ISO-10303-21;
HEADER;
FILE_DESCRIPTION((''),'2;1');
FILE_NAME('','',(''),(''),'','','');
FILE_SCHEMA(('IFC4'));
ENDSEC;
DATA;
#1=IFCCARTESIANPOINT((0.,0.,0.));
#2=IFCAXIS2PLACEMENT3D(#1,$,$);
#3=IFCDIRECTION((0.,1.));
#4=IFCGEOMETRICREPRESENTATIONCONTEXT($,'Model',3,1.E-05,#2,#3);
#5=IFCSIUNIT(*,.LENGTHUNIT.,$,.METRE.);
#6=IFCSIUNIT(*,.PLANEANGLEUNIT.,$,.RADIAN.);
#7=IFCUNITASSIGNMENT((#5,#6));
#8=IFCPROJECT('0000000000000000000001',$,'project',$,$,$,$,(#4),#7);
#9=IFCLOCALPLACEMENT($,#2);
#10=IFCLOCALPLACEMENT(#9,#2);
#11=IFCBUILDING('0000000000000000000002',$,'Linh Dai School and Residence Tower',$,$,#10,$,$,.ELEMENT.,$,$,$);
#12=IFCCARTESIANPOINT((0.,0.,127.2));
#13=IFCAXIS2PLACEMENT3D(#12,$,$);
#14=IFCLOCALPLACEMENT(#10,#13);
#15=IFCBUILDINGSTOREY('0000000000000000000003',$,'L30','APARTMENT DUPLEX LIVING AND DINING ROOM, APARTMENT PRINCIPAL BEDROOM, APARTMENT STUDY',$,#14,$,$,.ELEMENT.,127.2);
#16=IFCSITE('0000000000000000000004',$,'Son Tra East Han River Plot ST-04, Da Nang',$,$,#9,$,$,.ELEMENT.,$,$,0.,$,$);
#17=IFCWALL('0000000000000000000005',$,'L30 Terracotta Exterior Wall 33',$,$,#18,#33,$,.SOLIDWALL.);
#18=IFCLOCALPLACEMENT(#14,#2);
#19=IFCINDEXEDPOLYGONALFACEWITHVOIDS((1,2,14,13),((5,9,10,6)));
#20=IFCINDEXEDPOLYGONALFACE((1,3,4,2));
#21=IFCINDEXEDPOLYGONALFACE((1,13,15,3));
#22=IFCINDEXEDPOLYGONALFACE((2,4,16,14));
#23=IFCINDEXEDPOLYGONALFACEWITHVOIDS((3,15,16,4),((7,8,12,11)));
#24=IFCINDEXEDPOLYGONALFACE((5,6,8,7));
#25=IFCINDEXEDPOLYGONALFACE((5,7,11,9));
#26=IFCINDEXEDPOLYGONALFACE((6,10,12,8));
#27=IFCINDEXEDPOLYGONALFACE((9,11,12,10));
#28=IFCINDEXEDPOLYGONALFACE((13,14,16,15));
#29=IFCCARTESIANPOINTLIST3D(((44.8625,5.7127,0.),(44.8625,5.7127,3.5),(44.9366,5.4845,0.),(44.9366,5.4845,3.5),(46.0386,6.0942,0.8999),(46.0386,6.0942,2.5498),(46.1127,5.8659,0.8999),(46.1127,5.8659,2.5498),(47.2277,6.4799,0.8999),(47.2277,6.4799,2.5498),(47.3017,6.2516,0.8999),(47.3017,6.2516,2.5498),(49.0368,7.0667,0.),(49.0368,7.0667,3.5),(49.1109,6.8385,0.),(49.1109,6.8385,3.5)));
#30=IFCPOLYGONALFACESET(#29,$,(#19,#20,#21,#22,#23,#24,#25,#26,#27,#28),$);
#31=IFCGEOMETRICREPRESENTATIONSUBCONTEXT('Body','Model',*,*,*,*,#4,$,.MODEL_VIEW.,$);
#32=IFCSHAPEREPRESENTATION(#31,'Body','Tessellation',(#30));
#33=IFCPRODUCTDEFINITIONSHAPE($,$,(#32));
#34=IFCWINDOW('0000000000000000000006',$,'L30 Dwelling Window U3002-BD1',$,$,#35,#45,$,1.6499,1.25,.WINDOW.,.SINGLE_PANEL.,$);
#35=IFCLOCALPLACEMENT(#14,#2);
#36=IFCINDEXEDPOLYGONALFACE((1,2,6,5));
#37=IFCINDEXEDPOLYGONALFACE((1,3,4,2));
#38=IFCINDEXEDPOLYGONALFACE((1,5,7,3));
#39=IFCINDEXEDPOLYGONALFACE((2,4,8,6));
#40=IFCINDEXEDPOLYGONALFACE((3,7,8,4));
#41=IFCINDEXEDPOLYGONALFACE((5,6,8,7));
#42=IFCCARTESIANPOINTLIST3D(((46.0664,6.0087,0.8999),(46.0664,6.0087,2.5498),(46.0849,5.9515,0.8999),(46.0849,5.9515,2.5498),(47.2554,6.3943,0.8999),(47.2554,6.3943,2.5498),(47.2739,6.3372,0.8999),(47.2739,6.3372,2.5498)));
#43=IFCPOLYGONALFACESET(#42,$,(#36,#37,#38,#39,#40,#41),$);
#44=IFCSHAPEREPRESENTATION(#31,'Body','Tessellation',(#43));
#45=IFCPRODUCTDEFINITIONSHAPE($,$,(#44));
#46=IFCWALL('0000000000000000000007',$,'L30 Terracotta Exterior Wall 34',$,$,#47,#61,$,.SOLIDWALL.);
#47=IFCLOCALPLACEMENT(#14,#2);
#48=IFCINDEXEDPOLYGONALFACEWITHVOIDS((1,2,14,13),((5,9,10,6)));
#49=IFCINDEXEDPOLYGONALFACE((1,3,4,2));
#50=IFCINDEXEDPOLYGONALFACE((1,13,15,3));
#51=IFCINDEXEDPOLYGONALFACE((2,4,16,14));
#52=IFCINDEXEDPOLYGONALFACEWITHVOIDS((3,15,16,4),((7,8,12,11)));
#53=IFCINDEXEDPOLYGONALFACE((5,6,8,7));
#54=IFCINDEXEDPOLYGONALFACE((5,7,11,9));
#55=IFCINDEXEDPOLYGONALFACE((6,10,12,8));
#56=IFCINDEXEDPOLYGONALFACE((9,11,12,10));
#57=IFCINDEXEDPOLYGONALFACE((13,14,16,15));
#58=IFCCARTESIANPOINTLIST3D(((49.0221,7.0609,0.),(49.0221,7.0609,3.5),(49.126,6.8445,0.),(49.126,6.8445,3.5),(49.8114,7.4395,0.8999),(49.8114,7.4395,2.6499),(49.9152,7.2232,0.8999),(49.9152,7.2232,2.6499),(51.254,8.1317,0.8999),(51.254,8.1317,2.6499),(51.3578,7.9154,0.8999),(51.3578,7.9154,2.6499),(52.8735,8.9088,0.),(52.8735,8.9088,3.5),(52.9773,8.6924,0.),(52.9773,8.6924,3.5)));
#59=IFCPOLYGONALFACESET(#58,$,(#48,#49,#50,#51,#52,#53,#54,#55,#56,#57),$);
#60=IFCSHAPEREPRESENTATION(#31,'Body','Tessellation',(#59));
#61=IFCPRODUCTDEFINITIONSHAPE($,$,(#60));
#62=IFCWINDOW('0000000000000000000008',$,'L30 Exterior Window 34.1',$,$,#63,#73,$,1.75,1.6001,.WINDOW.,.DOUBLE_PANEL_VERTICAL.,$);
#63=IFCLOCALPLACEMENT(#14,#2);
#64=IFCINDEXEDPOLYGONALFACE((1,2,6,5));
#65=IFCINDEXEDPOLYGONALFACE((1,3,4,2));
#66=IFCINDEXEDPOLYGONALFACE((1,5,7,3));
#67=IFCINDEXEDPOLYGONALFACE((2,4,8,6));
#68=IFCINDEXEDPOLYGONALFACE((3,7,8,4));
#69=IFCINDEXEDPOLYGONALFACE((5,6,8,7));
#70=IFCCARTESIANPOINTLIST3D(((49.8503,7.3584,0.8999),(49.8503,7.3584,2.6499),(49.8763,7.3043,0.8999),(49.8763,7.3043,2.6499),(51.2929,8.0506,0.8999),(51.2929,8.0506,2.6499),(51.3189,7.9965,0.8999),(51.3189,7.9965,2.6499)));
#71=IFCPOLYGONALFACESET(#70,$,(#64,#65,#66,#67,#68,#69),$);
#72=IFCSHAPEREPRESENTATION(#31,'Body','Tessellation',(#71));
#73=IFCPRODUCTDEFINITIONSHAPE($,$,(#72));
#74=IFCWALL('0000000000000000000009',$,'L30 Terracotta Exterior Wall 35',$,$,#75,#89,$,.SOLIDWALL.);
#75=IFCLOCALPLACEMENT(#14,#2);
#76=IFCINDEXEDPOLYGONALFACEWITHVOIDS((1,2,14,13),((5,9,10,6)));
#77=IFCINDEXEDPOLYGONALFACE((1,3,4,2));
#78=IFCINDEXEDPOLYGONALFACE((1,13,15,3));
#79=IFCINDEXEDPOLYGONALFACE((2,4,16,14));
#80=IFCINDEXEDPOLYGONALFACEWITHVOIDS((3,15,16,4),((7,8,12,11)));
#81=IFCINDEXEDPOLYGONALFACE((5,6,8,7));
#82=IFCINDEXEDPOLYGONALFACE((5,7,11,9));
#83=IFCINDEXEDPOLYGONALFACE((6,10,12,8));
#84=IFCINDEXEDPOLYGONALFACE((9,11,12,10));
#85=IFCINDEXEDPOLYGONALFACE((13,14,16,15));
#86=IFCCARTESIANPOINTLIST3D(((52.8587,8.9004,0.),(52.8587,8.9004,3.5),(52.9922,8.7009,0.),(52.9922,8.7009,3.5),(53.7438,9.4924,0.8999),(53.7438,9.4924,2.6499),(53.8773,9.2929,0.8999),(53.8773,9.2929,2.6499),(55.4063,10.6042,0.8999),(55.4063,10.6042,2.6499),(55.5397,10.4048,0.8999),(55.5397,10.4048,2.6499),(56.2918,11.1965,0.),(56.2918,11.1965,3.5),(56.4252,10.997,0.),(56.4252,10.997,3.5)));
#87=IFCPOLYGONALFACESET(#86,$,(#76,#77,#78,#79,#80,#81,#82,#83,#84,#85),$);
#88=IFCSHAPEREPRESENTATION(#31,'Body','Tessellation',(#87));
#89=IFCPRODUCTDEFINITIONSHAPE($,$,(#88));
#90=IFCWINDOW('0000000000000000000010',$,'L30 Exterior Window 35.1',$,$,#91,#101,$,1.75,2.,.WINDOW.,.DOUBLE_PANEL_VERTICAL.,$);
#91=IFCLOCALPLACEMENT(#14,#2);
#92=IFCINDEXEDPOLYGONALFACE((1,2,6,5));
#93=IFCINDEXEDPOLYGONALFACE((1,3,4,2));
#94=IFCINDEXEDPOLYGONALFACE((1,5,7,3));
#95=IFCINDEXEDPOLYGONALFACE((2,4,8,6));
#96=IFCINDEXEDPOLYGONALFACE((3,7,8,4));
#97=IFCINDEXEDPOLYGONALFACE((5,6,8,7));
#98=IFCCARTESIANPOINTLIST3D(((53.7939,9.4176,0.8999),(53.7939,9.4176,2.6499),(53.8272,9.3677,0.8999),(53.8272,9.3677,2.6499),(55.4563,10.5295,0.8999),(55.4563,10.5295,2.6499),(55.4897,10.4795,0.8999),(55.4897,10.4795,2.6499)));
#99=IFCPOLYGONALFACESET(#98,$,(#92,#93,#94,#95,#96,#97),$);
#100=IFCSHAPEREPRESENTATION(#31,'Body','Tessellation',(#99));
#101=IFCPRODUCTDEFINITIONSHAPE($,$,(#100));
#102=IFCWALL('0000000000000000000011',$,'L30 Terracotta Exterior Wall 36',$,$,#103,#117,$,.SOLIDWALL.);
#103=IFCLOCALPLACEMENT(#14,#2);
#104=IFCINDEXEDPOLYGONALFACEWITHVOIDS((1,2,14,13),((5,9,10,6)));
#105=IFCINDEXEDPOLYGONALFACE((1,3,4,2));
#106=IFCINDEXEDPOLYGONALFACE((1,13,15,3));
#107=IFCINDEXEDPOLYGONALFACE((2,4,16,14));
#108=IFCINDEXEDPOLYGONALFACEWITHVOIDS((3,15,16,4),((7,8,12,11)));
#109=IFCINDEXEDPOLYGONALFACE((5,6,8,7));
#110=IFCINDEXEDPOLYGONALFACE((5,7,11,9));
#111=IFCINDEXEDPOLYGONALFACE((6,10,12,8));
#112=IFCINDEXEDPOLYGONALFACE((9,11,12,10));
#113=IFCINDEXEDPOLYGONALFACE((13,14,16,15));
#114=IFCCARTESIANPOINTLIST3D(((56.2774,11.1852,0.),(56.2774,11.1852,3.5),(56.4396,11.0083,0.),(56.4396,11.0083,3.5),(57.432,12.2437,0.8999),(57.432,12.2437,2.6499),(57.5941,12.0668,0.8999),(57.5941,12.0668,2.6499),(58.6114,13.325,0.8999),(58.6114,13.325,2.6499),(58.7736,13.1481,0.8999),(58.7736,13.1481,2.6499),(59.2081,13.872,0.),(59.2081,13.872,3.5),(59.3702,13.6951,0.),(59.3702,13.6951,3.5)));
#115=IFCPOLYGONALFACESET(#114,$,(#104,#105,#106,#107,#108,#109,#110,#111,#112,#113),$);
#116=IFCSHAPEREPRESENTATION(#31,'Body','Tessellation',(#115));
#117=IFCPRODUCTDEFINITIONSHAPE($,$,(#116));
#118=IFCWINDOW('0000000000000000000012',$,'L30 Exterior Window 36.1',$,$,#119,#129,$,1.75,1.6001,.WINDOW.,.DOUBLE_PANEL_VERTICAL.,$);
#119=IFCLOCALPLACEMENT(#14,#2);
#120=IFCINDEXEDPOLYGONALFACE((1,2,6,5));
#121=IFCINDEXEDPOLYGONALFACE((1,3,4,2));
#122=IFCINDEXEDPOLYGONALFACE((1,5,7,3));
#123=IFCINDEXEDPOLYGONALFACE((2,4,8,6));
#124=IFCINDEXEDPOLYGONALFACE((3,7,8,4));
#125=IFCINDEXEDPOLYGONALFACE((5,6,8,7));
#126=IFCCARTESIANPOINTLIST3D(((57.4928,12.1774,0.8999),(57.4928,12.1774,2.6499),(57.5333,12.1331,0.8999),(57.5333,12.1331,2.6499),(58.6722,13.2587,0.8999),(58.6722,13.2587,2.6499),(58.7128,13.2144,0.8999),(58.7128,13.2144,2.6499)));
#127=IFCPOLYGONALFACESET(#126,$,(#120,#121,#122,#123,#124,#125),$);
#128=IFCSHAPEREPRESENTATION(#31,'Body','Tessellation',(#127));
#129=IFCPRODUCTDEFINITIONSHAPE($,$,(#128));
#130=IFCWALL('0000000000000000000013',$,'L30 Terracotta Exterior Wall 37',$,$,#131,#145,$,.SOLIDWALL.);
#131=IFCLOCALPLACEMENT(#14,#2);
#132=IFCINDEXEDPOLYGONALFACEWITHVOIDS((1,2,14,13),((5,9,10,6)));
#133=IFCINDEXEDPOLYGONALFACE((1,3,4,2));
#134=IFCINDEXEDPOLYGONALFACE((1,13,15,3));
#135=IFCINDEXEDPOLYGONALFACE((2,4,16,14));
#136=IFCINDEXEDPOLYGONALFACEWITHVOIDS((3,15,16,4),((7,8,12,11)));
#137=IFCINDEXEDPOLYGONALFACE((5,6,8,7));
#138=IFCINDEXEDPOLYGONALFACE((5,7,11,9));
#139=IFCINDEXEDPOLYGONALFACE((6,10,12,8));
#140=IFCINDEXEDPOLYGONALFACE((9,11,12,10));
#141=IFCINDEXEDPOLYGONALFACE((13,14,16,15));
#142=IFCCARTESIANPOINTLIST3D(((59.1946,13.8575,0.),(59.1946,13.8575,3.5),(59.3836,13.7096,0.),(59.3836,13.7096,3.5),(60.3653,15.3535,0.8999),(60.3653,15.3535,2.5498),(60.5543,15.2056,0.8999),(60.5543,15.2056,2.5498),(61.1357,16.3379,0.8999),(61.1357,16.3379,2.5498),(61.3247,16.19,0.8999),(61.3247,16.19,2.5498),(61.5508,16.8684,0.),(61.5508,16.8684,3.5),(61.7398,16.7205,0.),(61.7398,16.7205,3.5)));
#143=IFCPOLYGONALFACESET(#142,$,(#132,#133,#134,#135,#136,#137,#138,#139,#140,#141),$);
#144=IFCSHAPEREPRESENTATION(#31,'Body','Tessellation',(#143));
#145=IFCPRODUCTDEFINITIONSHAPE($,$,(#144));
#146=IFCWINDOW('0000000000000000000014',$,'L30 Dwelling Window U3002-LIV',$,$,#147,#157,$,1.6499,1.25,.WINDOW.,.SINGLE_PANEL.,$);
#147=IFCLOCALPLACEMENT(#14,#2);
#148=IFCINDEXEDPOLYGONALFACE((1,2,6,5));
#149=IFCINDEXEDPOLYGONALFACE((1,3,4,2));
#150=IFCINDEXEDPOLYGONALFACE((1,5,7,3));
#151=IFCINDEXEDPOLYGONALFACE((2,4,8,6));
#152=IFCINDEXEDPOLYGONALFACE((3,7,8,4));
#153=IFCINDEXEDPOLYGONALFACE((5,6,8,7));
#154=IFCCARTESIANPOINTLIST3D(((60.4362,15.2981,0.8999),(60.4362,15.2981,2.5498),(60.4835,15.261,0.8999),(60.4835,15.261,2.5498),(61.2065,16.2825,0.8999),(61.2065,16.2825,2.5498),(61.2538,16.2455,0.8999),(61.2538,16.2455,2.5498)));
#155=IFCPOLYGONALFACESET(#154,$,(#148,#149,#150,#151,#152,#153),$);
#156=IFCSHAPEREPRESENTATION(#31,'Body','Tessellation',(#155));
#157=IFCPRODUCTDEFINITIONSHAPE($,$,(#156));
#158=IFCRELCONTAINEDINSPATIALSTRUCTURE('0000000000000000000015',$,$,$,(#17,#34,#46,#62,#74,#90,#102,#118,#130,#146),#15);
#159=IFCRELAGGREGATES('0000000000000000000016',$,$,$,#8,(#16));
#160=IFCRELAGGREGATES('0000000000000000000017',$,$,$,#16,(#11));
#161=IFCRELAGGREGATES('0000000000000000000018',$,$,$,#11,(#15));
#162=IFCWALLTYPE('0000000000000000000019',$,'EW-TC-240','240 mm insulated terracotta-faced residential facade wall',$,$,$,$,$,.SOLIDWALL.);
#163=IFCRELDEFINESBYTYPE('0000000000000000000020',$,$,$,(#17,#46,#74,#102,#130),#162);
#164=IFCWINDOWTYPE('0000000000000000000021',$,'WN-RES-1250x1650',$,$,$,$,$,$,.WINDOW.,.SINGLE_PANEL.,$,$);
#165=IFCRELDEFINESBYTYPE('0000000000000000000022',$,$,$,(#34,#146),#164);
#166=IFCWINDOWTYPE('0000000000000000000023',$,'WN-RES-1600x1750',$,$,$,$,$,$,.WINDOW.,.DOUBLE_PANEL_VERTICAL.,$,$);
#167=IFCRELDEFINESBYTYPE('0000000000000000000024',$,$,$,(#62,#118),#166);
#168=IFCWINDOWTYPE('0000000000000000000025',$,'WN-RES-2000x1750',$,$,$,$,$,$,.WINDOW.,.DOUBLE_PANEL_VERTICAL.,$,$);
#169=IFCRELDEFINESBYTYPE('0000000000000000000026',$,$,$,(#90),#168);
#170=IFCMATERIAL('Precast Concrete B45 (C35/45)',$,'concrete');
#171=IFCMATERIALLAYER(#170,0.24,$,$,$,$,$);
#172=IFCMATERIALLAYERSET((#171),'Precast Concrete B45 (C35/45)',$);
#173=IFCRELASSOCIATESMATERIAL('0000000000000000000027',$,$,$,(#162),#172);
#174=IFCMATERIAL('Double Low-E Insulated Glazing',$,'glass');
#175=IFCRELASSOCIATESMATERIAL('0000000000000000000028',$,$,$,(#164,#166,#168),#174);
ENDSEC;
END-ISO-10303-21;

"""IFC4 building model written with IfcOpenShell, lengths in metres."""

from ifc_helpers import new_model, si_unit, direction, frame, frame_2d, origin, origin_2d, place, context, subcontext, project, spatial, rectangle, extrude, source, transform, mapped, material, layer, layer_set, type_object, element, fill, save


model = new_model("IFC4")

# Units and contexts
model_context = context("Model", 3, precision=1e-05, world=origin(), true_north=direction((0.0, 1.0)))
body_context = subcontext(model_context, "Body", "Model", "MODEL_VIEW")
ifc_project = project(units=[si_unit("LENGTHUNIT", "METRE"), si_unit("PLANEANGLEUNIT", "RADIAN")], contexts=[model_context])

# Site, building, storey
site_placement = place(None, origin())
site = spatial("IfcSite", under=ifc_project, at=site_placement, Name="Son Tra East Han River Plot ST-04, Da Nang", CompositionType="ELEMENT", RefElevation=0.0)
building_placement = place(site_placement, origin())
building = spatial("IfcBuilding", under=site, at=building_placement, Name="Linh Dai School and Residence Tower", CompositionType="ELEMENT")
storey_placement = place(building_placement, frame((0.0, 0.0, 127.2)))
storey = spatial("IfcBuildingStorey", under=building, at=storey_placement, Name="L30", Description="APARTMENT DUPLEX LIVING AND DINING ROOM, APARTMENT PRINCIPAL BEDROOM, APARTMENT STUDY", CompositionType="ELEMENT", Elevation=127.2)

# Shared definitions
ifc_material_1 = material(Name="Precast Concrete B45 (C35/45)", Category="concrete")

# Walls, openings, windows
ifc_layer_1 = layer(ifc_material_1, 0.24)
ifc_layer_set_1 = layer_set([ifc_layer_1], Name="Precast Concrete B45 (C35/45)")
wall_type_1 = type_object("IfcWallType", Name="EW-TC-240", Description="240 mm insulated terracotta-faced residential facade wall", PredefinedType="SOLIDWALL", material=ifc_layer_set_1)
wall_1_placement = place(storey_placement, frame((49.074, 6.9526, 0.0), z_axis=(0.0, 0.0, 1.0), x_axis=(-0.951211, -0.30854, 0.0)))
wall_1 = element("IfcWall", 1, at=wall_1_placement, inside=storey, type_object=wall_type_1, Name="L30 Terracotta Exterior Wall 33", PredefinedType="SOLIDWALL", context=body_context, shape_type="SweptSolid", body=[
    extrude(rectangle(XDim=4.3884, YDim=0.24, at=frame_2d((2.1943, 0.0))), origin(), (0.0, 0.0, 1.0), 3.5),
])
opening_1_placement = place(wall_1_placement, frame((1.9021, 0.0, 0.8999)))
opening_1 = element("IfcOpeningElement", 2, at=opening_1_placement, cuts=wall_1, PredefinedType="OPENING", context=body_context, shape_type="SweptSolid", body=[
    extrude(rectangle(XDim=1.25, YDim=1.6499, at=origin_2d()), frame((0.625, 0.1299, 0.825), z_axis=(0.0, -1.0, 0.0), x_axis=(1.0, 0.0, 0.0)), (0.0, 0.0, 1.0), 0.26),
])
ifc_material_2 = material(Name="Double Low-E Insulated Glazing", Category="glass")
window_type_1 = type_object("IfcWindowType", Name="WN-RES-1250x1650", PartitioningType="SINGLE_PANEL", PredefinedType="WINDOW", material=ifc_material_2)
shared_shape_1 = source(origin(), body_context, "Body", "SweptSolid", [
    extrude(rectangle(XDim=1.25, YDim=1.6499, at=origin_2d()), frame((0.625, 0.03, 0.825), z_axis=(0.0, -1.0, 0.0), x_axis=(1.0, 0.0, 0.0)), (0.0, 0.0, 1.0), 0.0601),
])
window_1_placement = place(opening_1_placement, origin())
window_1 = element("IfcWindow", 3, at=window_1_placement, inside=storey, type_object=window_type_1, Name="L30 Dwelling Window U3002-BD1", OverallHeight=1.6499, OverallWidth=1.25, PartitioningType="SINGLE_PANEL", PredefinedType="WINDOW", context=body_context, shape_type="MappedRepresentation", body=[
    mapped(shared_shape_1, transform((0.0, 0.0, 0.0), x_axis=(1.0, 0.0, 0.0), y_axis=(0.0, 1.0, 0.0), z_axis=(0.0, 0.0, 1.0), scale=1.0)),
])
fill(opening_1, window_1)
wall_2_placement = place(storey_placement, frame((52.9253, 8.8005, 0.0), z_axis=(0.0, 0.0, 1.0), x_axis=(-0.90159, -0.432592, 0.0)))
wall_2 = element("IfcWall", 4, at=wall_2_placement, inside=storey, type_object=wall_type_1, Name="L30 Terracotta Exterior Wall 34", PredefinedType="SOLIDWALL", context=body_context, shape_type="SweptSolid", body=[
    extrude(rectangle(XDim=4.2717, YDim=0.24, at=frame_2d((2.1357, 0.0))), origin(), (0.0, 0.0, 1.0), 3.5),
])
opening_2_placement = place(wall_2_placement, frame((1.7961, 0.0, 0.8999)))
opening_2 = element("IfcOpeningElement", 5, at=opening_2_placement, cuts=wall_2, PredefinedType="OPENING", context=body_context, shape_type="SweptSolid", body=[
    extrude(rectangle(XDim=1.6001, YDim=1.75, at=origin_2d()), frame((0.8, 0.1299, 0.875), z_axis=(0.0, -1.0, 0.0), x_axis=(1.0, 0.0, 0.0)), (0.0, 0.0, 1.0), 0.26),
])
window_type_2 = type_object("IfcWindowType", Name="WN-RES-1600x1750", PartitioningType="DOUBLE_PANEL_VERTICAL", PredefinedType="WINDOW", material=ifc_material_2)
shared_shape_2 = source(origin(), body_context, "Body", "SweptSolid", [
    extrude(rectangle(XDim=1.6001, YDim=1.75, at=origin_2d()), frame((0.8, 0.03, 0.875), z_axis=(0.0, -1.0, 0.0), x_axis=(1.0, 0.0, 0.0)), (0.0, 0.0, 1.0), 0.0601),
])
window_2_placement = place(opening_2_placement, origin())
window_2 = element("IfcWindow", 6, at=window_2_placement, inside=storey, type_object=window_type_2, Name="L30 Exterior Window 34.1", OverallHeight=1.75, OverallWidth=1.6001, PartitioningType="DOUBLE_PANEL_VERTICAL", PredefinedType="WINDOW", context=body_context, shape_type="MappedRepresentation", body=[
    mapped(shared_shape_2, transform((0.0, 0.0, 0.0), x_axis=(1.0, 0.0, 0.0), y_axis=(0.0, 1.0, 0.0), z_axis=(0.0, 0.0, 1.0), scale=1.0)),
])
fill(opening_2, window_2)
wall_3_placement = place(storey_placement, frame((56.3584, 11.0967, 0.0), z_axis=(0.0, 0.0, 1.0), x_axis=(-0.831222, -0.555941, 0.0)))
wall_3 = element("IfcWall", 7, at=wall_3_placement, inside=storey, type_object=wall_type_1, Name="L30 Terracotta Exterior Wall 35", PredefinedType="SOLIDWALL", context=body_context, shape_type="SweptSolid", body=[
    extrude(rectangle(XDim=4.1301, YDim=0.24, at=frame_2d((2.0649, 0.0))), origin(), (0.0, 0.0, 1.0), 3.5),
])
opening_3_placement = place(wall_3_placement, frame((1.0652, 0.0, 0.8999)))
opening_3 = element("IfcOpeningElement", 8, at=opening_3_placement, cuts=wall_3, PredefinedType="OPENING", context=body_context, shape_type="SweptSolid", body=[
    extrude(rectangle(XDim=2.0, YDim=1.75, at=origin_2d()), frame((1.0, 0.1299, 0.875), z_axis=(0.0, -1.0, 0.0), x_axis=(1.0, 0.0, 0.0)), (0.0, 0.0, 1.0), 0.26),
])
window_type_3 = type_object("IfcWindowType", Name="WN-RES-2000x1750", PartitioningType="DOUBLE_PANEL_VERTICAL", PredefinedType="WINDOW", material=ifc_material_2)
shared_shape_3 = source(origin(), body_context, "Body", "SweptSolid", [
    extrude(rectangle(XDim=2.0, YDim=1.75, at=origin_2d()), frame((1.0, 0.03, 0.875), z_axis=(0.0, -1.0, 0.0), x_axis=(1.0, 0.0, 0.0)), (0.0, 0.0, 1.0), 0.0601),
])
window_3_placement = place(opening_3_placement, origin())
window_3 = element("IfcWindow", 9, at=window_3_placement, inside=storey, type_object=window_type_3, Name="L30 Exterior Window 35.1", OverallHeight=1.75, OverallWidth=2.0, PartitioningType="DOUBLE_PANEL_VERTICAL", PredefinedType="WINDOW", context=body_context, shape_type="MappedRepresentation", body=[
    mapped(shared_shape_3, transform((0.0, 0.0, 0.0), x_axis=(1.0, 0.0, 0.0), y_axis=(0.0, 1.0, 0.0), z_axis=(0.0, 0.0, 1.0), scale=1.0)),
])
fill(opening_3, window_3)
wall_4_placement = place(storey_placement, frame((59.2891, 13.7834, 0.0), z_axis=(0.0, 0.0, 1.0), x_axis=(-0.737113, -0.675769, 0.0)))
wall_4 = element("IfcWall", 10, at=wall_4_placement, inside=storey, type_object=wall_type_1, Name="L30 Terracotta Exterior Wall 36", PredefinedType="SOLIDWALL", context=body_context, shape_type="SweptSolid", body=[
    extrude(rectangle(XDim=3.9758, YDim=0.24, at=frame_2d((1.9878, 0.0))), origin(), (0.0, 0.0, 1.0), 3.5),
])
opening_4_placement = place(wall_4_placement, frame((0.8093, 0.0, 0.8999)))
opening_4 = element("IfcOpeningElement", 11, at=opening_4_placement, cuts=wall_4, PredefinedType="OPENING", context=body_context, shape_type="SweptSolid", body=[
    extrude(rectangle(XDim=1.6001, YDim=1.75, at=origin_2d()), frame((0.8, 0.1299, 0.875), z_axis=(0.0, -1.0, 0.0), x_axis=(1.0, 0.0, 0.0)), (0.0, 0.0, 1.0), 0.26),
])
window_4_placement = place(opening_4_placement, origin())
window_4 = element("IfcWindow", 12, at=window_4_placement, inside=storey, type_object=window_type_2, Name="L30 Exterior Window 36.1", OverallHeight=1.75, OverallWidth=1.6001, PartitioningType="DOUBLE_PANEL_VERTICAL", PredefinedType="WINDOW", context=body_context, shape_type="MappedRepresentation", body=[
    mapped(shared_shape_2, transform((0.0, 0.0, 0.0), x_axis=(1.0, 0.0, 0.0), y_axis=(0.0, 1.0, 0.0), z_axis=(0.0, 0.0, 1.0), scale=1.0)),
])
fill(opening_4, window_4)
wall_5_placement = place(storey_placement, frame((61.6453, 16.7944, 0.0), z_axis=(0.0, 0.0, 1.0), x_axis=(-0.616272, -0.787533, 0.0)))
wall_5 = element("IfcWall", 13, at=wall_5_placement, inside=storey, type_object=wall_type_1, Name="L30 Terracotta Exterior Wall 37", PredefinedType="SOLIDWALL", context=body_context, shape_type="SweptSolid", body=[
    extrude(rectangle(XDim=3.8232, YDim=0.24, at=frame_2d((1.9116, 0.0))), origin(), (0.0, 0.0, 1.0), 3.5),
])
opening_5_placement = place(wall_5_placement, frame((0.6736, 0.0, 0.8999)))
opening_5 = element("IfcOpeningElement", 14, at=opening_5_placement, cuts=wall_5, PredefinedType="OPENING", context=body_context, shape_type="SweptSolid", body=[
    extrude(rectangle(XDim=1.25, YDim=1.6499, at=origin_2d()), frame((0.625, 0.1299, 0.825), z_axis=(0.0, -1.0, 0.0), x_axis=(1.0, 0.0, 0.0)), (0.0, 0.0, 1.0), 0.26),
])
window_5_placement = place(opening_5_placement, origin())
window_5 = element("IfcWindow", 15, at=window_5_placement, inside=storey, type_object=window_type_1, Name="L30 Dwelling Window U3002-LIV", OverallHeight=1.6499, OverallWidth=1.25, PartitioningType="SINGLE_PANEL", PredefinedType="WINDOW", context=body_context, shape_type="MappedRepresentation", body=[
    mapped(shared_shape_1, transform((0.0, 0.0, 0.0), x_axis=(1.0, 0.0, 0.0), y_axis=(0.0, 1.0, 0.0), z_axis=(0.0, 0.0, 1.0), scale=1.0)),
])
fill(opening_5, window_5)

save(model, "model.ifc")
